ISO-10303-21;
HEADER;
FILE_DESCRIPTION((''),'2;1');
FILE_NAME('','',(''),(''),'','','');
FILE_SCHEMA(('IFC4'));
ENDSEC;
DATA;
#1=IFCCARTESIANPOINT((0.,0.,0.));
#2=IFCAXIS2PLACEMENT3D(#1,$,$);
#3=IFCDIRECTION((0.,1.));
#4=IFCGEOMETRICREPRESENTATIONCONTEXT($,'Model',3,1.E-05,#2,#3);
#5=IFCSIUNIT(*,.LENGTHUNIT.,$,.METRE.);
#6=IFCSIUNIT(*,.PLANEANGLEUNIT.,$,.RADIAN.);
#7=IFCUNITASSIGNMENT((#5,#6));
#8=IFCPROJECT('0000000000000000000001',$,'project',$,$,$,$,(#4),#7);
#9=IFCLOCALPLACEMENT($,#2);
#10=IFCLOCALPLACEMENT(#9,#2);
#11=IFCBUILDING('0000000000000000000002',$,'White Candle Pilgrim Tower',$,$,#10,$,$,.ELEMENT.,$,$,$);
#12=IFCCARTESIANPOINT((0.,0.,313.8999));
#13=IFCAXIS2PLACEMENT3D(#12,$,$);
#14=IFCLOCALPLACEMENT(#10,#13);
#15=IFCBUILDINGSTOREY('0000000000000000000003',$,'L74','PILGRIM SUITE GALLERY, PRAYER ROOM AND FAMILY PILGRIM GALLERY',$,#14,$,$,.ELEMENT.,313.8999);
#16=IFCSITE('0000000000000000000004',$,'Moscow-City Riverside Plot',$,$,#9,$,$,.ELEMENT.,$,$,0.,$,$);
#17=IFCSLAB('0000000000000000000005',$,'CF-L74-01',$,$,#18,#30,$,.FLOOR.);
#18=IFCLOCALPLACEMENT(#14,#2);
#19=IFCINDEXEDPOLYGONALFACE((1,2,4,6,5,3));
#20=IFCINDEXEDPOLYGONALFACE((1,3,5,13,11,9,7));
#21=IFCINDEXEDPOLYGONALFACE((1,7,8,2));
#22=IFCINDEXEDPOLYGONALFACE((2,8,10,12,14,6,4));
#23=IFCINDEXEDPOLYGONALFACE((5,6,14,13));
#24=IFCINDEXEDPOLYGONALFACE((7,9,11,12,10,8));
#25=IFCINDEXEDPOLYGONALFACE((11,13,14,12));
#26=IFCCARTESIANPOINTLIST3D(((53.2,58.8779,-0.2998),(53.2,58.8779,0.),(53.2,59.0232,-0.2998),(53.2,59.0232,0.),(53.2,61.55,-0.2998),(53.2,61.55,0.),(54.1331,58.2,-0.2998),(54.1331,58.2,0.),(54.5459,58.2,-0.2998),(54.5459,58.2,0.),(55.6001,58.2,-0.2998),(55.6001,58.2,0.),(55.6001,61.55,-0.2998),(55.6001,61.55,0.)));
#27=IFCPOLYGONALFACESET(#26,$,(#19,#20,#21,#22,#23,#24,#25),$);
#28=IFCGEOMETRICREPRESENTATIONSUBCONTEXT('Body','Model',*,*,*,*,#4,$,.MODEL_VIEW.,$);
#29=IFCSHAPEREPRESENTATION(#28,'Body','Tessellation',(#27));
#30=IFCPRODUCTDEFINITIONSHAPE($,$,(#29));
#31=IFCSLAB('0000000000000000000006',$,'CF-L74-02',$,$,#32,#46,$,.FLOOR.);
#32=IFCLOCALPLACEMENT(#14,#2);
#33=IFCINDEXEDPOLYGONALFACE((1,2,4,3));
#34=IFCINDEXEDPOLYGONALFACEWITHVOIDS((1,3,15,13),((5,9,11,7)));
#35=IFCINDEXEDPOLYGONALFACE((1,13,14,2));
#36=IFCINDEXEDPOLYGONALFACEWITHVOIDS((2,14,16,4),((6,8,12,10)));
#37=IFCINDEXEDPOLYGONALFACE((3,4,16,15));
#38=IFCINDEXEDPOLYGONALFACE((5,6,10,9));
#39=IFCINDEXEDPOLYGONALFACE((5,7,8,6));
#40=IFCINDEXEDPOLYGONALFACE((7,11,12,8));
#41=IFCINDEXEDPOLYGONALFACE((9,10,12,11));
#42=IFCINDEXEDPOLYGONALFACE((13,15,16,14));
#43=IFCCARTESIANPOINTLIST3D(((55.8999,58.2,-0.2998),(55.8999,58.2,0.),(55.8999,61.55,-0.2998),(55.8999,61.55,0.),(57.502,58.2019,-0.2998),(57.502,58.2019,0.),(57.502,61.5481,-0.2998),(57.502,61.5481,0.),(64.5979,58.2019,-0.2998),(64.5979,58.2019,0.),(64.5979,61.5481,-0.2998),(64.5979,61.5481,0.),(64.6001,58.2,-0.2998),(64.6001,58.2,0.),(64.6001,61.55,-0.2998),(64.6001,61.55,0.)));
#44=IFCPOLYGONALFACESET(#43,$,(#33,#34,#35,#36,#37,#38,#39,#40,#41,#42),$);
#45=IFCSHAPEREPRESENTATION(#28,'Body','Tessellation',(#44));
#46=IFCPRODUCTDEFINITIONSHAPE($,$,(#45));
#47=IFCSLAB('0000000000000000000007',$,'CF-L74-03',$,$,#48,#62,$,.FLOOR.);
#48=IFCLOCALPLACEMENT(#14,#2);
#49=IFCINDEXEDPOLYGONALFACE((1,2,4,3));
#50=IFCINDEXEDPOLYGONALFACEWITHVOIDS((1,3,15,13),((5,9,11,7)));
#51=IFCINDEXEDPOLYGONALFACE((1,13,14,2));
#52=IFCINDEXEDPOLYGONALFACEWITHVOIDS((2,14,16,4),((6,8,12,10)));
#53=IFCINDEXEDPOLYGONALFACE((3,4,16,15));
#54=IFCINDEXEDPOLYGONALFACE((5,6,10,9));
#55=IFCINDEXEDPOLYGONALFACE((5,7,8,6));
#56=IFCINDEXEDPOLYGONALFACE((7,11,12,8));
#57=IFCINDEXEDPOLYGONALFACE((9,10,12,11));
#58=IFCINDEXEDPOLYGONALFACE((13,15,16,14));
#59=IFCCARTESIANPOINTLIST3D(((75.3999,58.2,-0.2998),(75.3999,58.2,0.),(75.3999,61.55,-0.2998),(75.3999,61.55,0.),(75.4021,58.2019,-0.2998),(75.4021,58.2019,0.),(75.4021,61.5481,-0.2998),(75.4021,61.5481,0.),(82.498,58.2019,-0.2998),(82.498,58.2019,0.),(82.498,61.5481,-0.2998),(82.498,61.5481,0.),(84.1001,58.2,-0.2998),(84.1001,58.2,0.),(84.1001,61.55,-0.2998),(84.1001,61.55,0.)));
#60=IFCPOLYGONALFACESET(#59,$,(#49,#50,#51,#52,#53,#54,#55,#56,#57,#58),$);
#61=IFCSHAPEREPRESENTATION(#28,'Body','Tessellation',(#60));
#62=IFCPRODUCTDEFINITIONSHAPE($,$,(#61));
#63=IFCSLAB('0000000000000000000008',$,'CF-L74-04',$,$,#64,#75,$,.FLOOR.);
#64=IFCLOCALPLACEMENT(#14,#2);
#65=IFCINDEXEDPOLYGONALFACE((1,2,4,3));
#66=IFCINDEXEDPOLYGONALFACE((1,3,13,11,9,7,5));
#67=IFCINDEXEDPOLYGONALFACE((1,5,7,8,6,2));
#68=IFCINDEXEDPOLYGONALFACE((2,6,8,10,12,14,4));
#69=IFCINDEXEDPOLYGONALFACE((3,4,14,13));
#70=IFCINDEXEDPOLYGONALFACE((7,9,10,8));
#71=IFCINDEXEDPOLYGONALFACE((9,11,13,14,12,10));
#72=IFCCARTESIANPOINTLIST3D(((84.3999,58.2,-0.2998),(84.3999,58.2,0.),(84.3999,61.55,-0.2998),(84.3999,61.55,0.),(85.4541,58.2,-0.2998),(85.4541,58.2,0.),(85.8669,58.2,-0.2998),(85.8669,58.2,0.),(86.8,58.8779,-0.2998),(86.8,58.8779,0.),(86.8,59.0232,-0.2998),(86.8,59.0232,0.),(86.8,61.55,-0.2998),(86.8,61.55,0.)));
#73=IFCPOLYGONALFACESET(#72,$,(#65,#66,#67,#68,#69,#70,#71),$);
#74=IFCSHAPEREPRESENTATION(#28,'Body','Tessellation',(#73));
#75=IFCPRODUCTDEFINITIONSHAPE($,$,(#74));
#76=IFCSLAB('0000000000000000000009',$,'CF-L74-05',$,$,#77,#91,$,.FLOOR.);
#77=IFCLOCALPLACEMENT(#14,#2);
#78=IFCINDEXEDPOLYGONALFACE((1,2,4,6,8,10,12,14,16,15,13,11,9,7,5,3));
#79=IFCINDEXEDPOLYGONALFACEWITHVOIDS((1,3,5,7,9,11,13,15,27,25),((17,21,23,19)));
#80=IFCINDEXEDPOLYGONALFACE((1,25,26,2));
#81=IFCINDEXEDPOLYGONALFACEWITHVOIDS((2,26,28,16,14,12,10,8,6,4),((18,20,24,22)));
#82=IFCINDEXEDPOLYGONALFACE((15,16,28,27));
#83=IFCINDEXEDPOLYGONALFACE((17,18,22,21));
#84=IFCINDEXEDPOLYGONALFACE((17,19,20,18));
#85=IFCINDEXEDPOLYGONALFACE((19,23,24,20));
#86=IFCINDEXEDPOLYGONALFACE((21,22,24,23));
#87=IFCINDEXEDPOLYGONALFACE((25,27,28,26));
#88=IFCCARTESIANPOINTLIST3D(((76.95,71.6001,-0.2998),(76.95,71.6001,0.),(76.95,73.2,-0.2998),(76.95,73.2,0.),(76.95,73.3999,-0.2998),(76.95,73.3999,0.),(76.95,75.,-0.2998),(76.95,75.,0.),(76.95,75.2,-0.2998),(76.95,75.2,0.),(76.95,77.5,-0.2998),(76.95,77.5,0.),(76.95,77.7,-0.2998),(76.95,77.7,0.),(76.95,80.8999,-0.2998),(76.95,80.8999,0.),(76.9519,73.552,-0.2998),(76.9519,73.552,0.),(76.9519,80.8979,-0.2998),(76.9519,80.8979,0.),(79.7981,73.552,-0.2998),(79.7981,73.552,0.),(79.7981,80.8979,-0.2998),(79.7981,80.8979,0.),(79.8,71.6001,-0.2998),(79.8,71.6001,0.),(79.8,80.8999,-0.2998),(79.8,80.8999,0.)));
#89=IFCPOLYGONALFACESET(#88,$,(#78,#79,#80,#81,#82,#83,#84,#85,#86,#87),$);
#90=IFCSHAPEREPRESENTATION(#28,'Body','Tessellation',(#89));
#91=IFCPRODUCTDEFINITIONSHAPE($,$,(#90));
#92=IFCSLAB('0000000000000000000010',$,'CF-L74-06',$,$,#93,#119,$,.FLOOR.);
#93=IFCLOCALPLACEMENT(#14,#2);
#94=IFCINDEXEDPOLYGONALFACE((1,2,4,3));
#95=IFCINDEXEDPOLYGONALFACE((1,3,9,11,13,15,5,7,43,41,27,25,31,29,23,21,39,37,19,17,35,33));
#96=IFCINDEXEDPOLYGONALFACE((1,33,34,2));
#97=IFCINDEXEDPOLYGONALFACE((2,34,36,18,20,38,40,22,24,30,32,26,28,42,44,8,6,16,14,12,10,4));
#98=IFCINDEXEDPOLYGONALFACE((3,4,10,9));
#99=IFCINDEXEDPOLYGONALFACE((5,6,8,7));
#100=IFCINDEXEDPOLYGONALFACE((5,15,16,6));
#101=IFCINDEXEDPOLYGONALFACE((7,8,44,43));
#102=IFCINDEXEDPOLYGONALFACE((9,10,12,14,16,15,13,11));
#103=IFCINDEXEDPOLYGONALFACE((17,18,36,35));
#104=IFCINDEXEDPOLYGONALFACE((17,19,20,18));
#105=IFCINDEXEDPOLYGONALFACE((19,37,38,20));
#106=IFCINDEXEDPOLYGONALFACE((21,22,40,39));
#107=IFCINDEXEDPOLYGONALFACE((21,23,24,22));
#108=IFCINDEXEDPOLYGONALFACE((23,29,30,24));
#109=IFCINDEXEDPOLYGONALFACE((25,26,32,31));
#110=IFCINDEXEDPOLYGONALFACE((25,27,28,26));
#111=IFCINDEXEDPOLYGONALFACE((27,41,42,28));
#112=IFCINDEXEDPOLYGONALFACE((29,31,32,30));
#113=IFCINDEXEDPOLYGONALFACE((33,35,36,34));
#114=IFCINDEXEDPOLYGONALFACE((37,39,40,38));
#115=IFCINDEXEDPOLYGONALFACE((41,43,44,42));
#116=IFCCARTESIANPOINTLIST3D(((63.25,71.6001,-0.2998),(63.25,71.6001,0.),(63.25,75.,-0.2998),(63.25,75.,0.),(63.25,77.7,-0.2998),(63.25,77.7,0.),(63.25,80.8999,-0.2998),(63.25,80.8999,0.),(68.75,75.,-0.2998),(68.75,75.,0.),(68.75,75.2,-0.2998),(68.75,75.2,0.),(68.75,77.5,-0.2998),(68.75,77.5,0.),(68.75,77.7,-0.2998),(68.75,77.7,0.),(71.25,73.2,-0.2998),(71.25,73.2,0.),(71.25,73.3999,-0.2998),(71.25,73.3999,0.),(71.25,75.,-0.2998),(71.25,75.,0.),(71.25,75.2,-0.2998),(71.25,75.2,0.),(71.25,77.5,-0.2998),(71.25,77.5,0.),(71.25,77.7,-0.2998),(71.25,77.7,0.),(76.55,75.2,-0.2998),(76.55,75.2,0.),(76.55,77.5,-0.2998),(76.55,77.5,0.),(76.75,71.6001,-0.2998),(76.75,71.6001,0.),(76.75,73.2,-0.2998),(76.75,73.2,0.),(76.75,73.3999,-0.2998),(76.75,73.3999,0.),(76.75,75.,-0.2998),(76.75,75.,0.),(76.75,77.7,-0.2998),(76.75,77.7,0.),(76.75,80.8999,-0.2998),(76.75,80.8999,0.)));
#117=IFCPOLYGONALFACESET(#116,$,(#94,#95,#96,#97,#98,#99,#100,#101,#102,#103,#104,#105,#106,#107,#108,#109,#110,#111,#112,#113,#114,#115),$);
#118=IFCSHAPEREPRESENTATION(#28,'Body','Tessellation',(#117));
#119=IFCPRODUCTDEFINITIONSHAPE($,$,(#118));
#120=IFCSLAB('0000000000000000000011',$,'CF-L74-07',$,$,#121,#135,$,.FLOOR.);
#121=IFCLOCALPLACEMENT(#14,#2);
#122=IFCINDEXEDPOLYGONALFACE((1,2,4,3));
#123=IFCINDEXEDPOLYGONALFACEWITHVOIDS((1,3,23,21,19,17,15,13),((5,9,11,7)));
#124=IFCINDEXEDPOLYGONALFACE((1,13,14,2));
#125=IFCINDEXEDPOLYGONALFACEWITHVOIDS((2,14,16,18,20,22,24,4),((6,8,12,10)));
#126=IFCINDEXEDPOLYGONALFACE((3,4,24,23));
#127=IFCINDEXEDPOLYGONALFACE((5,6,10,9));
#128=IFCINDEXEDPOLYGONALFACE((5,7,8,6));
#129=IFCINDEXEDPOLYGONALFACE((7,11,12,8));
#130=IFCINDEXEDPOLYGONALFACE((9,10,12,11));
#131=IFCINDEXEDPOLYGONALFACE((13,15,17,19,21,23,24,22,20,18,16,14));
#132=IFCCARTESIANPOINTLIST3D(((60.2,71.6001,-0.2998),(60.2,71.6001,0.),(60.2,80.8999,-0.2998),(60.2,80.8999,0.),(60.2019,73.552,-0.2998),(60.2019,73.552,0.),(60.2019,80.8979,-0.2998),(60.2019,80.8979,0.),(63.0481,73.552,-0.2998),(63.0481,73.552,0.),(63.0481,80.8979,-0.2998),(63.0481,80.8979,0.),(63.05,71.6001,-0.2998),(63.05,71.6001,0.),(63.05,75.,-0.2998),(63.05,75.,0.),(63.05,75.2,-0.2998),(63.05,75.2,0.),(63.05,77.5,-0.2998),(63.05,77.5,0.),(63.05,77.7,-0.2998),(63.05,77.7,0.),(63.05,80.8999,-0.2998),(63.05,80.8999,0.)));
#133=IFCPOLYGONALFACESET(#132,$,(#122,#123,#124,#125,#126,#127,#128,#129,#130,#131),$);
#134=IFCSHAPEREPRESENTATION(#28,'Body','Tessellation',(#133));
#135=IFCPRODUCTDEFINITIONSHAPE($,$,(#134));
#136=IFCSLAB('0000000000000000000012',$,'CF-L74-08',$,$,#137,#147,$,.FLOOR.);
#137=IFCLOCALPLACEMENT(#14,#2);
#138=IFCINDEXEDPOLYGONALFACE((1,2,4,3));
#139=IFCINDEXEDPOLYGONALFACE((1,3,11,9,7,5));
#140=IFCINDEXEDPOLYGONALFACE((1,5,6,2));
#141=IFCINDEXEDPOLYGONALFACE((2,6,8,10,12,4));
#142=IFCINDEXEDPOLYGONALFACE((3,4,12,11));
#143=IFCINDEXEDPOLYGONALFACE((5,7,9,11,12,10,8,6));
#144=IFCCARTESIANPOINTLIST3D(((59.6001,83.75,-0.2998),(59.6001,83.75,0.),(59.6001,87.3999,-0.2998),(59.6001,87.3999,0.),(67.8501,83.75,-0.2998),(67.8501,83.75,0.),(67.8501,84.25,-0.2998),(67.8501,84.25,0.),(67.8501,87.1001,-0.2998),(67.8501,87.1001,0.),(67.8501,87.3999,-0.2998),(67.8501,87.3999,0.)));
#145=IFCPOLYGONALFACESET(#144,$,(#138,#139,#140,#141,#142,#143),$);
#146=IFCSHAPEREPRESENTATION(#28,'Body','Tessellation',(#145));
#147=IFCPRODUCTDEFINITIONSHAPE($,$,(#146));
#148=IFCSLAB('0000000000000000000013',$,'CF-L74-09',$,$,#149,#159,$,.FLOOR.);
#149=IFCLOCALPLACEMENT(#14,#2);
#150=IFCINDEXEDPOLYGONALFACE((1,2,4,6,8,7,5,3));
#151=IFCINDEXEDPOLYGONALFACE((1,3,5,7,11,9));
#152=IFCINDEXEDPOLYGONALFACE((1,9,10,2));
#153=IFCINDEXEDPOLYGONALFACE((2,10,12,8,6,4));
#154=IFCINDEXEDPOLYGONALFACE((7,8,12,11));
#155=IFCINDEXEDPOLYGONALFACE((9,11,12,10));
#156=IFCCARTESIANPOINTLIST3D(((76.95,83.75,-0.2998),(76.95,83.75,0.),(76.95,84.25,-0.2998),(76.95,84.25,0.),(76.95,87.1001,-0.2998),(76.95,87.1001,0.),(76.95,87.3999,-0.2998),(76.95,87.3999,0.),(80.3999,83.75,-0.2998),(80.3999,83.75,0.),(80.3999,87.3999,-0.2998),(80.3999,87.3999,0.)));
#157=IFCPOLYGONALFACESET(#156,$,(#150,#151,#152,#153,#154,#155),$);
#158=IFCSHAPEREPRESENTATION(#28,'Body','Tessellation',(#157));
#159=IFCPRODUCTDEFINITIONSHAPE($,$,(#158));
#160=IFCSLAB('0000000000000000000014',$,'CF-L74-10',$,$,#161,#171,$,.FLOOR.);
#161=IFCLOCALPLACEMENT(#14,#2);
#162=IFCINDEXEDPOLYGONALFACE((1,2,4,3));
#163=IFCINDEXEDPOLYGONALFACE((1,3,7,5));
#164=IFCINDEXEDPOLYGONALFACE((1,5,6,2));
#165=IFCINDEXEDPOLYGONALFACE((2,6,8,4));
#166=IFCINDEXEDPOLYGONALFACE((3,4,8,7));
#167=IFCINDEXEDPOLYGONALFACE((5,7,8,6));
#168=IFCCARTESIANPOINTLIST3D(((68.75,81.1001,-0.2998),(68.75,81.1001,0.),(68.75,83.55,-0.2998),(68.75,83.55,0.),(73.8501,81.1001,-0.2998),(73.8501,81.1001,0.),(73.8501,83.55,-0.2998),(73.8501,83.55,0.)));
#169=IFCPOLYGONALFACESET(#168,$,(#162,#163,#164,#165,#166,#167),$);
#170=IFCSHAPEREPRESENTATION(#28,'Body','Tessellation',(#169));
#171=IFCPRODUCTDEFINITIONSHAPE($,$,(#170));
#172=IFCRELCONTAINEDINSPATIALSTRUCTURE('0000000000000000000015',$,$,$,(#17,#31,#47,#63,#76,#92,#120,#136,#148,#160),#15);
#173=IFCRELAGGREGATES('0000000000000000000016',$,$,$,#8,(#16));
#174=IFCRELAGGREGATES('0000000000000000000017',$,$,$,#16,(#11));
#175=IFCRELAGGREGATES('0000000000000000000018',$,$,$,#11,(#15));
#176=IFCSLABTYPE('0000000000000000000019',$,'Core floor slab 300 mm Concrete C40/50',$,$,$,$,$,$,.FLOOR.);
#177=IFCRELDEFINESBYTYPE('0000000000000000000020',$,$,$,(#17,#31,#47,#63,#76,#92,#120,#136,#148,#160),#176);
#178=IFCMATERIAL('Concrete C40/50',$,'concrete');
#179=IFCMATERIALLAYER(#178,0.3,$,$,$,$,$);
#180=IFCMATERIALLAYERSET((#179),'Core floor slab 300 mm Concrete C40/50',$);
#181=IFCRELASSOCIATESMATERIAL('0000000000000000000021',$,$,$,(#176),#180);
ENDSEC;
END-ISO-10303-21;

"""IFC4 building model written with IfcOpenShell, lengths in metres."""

from ifc_helpers import new_model, si_unit, direction, frame, origin, place, context, subcontext, project, spatial, polyline, outline, extrude, material, layer, layer_set, type_object, element, save


model = new_model("IFC4")

# Units and contexts
model_context = context("Model", 3, precision=1e-05, world=origin(), true_north=direction((0.0, 1.0)))
body_context = subcontext(model_context, "Body", "Model", "MODEL_VIEW")
ifc_project = project(units=[si_unit("LENGTHUNIT", "METRE"), si_unit("PLANEANGLEUNIT", "RADIAN")], contexts=[model_context])

# Site, building, storey
site_placement = place(None, origin())
site = spatial("IfcSite", under=ifc_project, at=site_placement, Name="Moscow-City Riverside Plot", CompositionType="ELEMENT", RefElevation=0.0)
building_placement = place(site_placement, origin())
building = spatial("IfcBuilding", under=site, at=building_placement, Name="White Candle Pilgrim Tower", CompositionType="ELEMENT")
storey_placement = place(building_placement, frame((0.0, 0.0, 313.8999)))
storey = spatial("IfcBuildingStorey", under=building, at=storey_placement, Name="L74", Description="PILGRIM SUITE GALLERY, PRAYER ROOM AND FAMILY PILGRIM GALLERY", CompositionType="ELEMENT", Elevation=313.8999)

# Slabs
ifc_material_1 = material(Name="Concrete C40/50", Category="concrete")
ifc_layer_1 = layer(ifc_material_1, 0.3)
ifc_layer_set_1 = layer_set([ifc_layer_1], Name="Core floor slab 300 mm Concrete C40/50")
slab_type_1 = type_object("IfcSlabType", Name="Core floor slab 300 mm Concrete C40/50", PredefinedType="FLOOR", material=ifc_layer_set_1)
slab_1_placement = place(storey_placement, frame((0.0, 0.0, -0.2998)))
element("IfcSlab", 1, at=slab_1_placement, inside=storey, type_object=slab_type_1, Name="CF-L74-01", PredefinedType="FLOOR", context=body_context, shape_type="SweptSolid", body=[
    extrude(outline(polyline([(54.5459, 58.2), (54.1331, 58.2), (53.2, 58.8779), (53.2, 59.0232), (53.2, 61.55), (55.6001, 61.55), (55.6001, 58.2), (54.5459, 58.2)])), origin(), (0.0, 0.0, 1.0), 0.2998),
])
slab_2_placement = place(storey_placement, frame((0.0, 0.0, -0.2998)))
element("IfcSlab", 2, at=slab_2_placement, inside=storey, type_object=slab_type_1, Name="CF-L74-02", PredefinedType="FLOOR", context=body_context, shape_type="SweptSolid", body=[
    extrude(outline(polyline([(55.8999, 58.2), (55.8999, 61.55), (64.6001, 61.55), (64.6001, 58.2), (55.8999, 58.2)]), holes=[polyline([(57.502, 61.5481), (57.502, 58.2019), (64.5979, 58.2019), (64.5979, 61.5481), (57.502, 61.5481)])]), origin(), (0.0, 0.0, 1.0), 0.2998),
])
slab_3_placement = place(storey_placement, frame((0.0, 0.0, -0.2998)))
element("IfcSlab", 3, at=slab_3_placement, inside=storey, type_object=slab_type_1, Name="CF-L74-03", PredefinedType="FLOOR", context=body_context, shape_type="SweptSolid", body=[
    extrude(outline(polyline([(75.3999, 58.2), (75.3999, 61.55), (84.1001, 61.55), (84.1001, 58.2), (75.3999, 58.2)]), holes=[polyline([(82.498, 58.2019), (82.498, 61.5481), (75.4021, 61.5481), (75.4021, 58.2019), (82.498, 58.2019)])]), origin(), (0.0, 0.0, 1.0), 0.2998),
])
slab_4_placement = place(storey_placement, frame((0.0, 0.0, -0.2998)))
element("IfcSlab", 4, at=slab_4_placement, inside=storey, type_object=slab_type_1, Name="CF-L74-04", PredefinedType="FLOOR", context=body_context, shape_type="SweptSolid", body=[
    extrude(outline(polyline([(86.8, 59.0232), (86.8, 58.8779), (85.8669, 58.2), (85.4541, 58.2), (84.3999, 58.2), (84.3999, 61.55), (86.8, 61.55), (86.8, 59.0232)])), origin(), (0.0, 0.0, 1.0), 0.2998),
])
slab_5_placement = place(storey_placement, frame((0.0, 0.0, -0.2998)))
element("IfcSlab", 5, at=slab_5_placement, inside=storey, type_object=slab_type_1, Name="CF-L74-05", PredefinedType="FLOOR", context=body_context, shape_type="SweptSolid", body=[
    extrude(outline(polyline([(76.95, 71.6001), (76.95, 73.2), (76.95, 73.3999), (76.95, 75.0), (76.95, 75.2), (76.95, 77.5), (76.95, 77.7), (76.95, 80.8999), (79.8, 80.8999), (79.8, 71.6001), (76.95, 71.6001)]), holes=[polyline([(76.9519, 73.552), (79.7981, 73.552), (79.7981, 80.8979), (76.9519, 80.8979), (76.9519, 73.552)])]), origin(), (0.0, 0.0, 1.0), 0.2998),
])
slab_6_placement = place(storey_placement, frame((0.0, 0.0, -0.2998)))
element("IfcSlab", 6, at=slab_6_placement, inside=storey, type_object=slab_type_1, Name="CF-L74-06", PredefinedType="FLOOR", context=body_context, shape_type="SweptSolid", body=[
    extrude(outline(polyline([(63.25, 71.6001), (63.25, 75.0), (68.75, 75.0), (68.75, 75.2), (68.75, 77.5), (68.75, 77.7), (63.25, 77.7), (63.25, 80.8999), (76.75, 80.8999), (76.75, 77.7), (71.25, 77.7), (71.25, 77.5), (76.55, 77.5), (76.55, 75.2), (71.25, 75.2), (71.25, 75.0), (76.75, 75.0), (76.75, 73.3999), (71.25, 73.3999), (71.25, 73.2), (76.75, 73.2), (76.75, 71.6001), (63.25, 71.6001)])), origin(), (0.0, 0.0, 1.0), 0.2998),
])
slab_7_placement = place(storey_placement, frame((0.0, 0.0, -0.2998)))
element("IfcSlab", 7, at=slab_7_placement, inside=storey, type_object=slab_type_1, Name="CF-L74-07", PredefinedType="FLOOR", context=body_context, shape_type="SweptSolid", body=[
    extrude(outline(polyline([(60.2, 71.6001), (60.2, 80.8999), (63.05, 80.8999), (63.05, 77.7), (63.05, 77.5), (63.05, 75.2), (63.05, 75.0), (63.05, 71.6001), (60.2, 71.6001)]), holes=[polyline([(60.2019, 73.552), (63.0481, 73.552), (63.0481, 80.8979), (60.2019, 80.8979), (60.2019, 73.552)])]), origin(), (0.0, 0.0, 1.0), 0.2998),
])
slab_8_placement = place(storey_placement, frame((0.0, 0.0, -0.2998)))
element("IfcSlab", 8, at=slab_8_placement, inside=storey, type_object=slab_type_1, Name="CF-L74-08", PredefinedType="FLOOR", context=body_context, shape_type="SweptSolid", body=[
    extrude(outline(polyline([(59.6001, 87.3999), (67.8501, 87.3999), (67.8501, 87.1001), (67.8501, 84.25), (67.8501, 83.75), (59.6001, 83.75), (59.6001, 87.3999)])), origin(), (0.0, 0.0, 1.0), 0.2998),
])
slab_9_placement = place(storey_placement, frame((0.0, 0.0, -0.2998)))
element("IfcSlab", 9, at=slab_9_placement, inside=storey, type_object=slab_type_1, Name="CF-L74-09", PredefinedType="FLOOR", context=body_context, shape_type="SweptSolid", body=[
    extrude(outline(polyline([(80.3999, 87.3999), (80.3999, 83.75), (76.95, 83.75), (76.95, 84.25), (76.95, 87.1001), (76.95, 87.3999), (80.3999, 87.3999)])), origin(), (0.0, 0.0, 1.0), 0.2998),
])
slab_10_placement = place(storey_placement, frame((0.0, 0.0, -0.2998)))
element("IfcSlab", 10, at=slab_10_placement, inside=storey, type_object=slab_type_1, Name="CF-L74-10", PredefinedType="FLOOR", context=body_context, shape_type="SweptSolid", body=[
    extrude(outline(polyline([(68.75, 81.1001), (68.75, 83.55), (73.8501, 83.55), (73.8501, 81.1001), (68.75, 81.1001)])), origin(), (0.0, 0.0, 1.0), 0.2998),
])

save(model, "model.ifc")
